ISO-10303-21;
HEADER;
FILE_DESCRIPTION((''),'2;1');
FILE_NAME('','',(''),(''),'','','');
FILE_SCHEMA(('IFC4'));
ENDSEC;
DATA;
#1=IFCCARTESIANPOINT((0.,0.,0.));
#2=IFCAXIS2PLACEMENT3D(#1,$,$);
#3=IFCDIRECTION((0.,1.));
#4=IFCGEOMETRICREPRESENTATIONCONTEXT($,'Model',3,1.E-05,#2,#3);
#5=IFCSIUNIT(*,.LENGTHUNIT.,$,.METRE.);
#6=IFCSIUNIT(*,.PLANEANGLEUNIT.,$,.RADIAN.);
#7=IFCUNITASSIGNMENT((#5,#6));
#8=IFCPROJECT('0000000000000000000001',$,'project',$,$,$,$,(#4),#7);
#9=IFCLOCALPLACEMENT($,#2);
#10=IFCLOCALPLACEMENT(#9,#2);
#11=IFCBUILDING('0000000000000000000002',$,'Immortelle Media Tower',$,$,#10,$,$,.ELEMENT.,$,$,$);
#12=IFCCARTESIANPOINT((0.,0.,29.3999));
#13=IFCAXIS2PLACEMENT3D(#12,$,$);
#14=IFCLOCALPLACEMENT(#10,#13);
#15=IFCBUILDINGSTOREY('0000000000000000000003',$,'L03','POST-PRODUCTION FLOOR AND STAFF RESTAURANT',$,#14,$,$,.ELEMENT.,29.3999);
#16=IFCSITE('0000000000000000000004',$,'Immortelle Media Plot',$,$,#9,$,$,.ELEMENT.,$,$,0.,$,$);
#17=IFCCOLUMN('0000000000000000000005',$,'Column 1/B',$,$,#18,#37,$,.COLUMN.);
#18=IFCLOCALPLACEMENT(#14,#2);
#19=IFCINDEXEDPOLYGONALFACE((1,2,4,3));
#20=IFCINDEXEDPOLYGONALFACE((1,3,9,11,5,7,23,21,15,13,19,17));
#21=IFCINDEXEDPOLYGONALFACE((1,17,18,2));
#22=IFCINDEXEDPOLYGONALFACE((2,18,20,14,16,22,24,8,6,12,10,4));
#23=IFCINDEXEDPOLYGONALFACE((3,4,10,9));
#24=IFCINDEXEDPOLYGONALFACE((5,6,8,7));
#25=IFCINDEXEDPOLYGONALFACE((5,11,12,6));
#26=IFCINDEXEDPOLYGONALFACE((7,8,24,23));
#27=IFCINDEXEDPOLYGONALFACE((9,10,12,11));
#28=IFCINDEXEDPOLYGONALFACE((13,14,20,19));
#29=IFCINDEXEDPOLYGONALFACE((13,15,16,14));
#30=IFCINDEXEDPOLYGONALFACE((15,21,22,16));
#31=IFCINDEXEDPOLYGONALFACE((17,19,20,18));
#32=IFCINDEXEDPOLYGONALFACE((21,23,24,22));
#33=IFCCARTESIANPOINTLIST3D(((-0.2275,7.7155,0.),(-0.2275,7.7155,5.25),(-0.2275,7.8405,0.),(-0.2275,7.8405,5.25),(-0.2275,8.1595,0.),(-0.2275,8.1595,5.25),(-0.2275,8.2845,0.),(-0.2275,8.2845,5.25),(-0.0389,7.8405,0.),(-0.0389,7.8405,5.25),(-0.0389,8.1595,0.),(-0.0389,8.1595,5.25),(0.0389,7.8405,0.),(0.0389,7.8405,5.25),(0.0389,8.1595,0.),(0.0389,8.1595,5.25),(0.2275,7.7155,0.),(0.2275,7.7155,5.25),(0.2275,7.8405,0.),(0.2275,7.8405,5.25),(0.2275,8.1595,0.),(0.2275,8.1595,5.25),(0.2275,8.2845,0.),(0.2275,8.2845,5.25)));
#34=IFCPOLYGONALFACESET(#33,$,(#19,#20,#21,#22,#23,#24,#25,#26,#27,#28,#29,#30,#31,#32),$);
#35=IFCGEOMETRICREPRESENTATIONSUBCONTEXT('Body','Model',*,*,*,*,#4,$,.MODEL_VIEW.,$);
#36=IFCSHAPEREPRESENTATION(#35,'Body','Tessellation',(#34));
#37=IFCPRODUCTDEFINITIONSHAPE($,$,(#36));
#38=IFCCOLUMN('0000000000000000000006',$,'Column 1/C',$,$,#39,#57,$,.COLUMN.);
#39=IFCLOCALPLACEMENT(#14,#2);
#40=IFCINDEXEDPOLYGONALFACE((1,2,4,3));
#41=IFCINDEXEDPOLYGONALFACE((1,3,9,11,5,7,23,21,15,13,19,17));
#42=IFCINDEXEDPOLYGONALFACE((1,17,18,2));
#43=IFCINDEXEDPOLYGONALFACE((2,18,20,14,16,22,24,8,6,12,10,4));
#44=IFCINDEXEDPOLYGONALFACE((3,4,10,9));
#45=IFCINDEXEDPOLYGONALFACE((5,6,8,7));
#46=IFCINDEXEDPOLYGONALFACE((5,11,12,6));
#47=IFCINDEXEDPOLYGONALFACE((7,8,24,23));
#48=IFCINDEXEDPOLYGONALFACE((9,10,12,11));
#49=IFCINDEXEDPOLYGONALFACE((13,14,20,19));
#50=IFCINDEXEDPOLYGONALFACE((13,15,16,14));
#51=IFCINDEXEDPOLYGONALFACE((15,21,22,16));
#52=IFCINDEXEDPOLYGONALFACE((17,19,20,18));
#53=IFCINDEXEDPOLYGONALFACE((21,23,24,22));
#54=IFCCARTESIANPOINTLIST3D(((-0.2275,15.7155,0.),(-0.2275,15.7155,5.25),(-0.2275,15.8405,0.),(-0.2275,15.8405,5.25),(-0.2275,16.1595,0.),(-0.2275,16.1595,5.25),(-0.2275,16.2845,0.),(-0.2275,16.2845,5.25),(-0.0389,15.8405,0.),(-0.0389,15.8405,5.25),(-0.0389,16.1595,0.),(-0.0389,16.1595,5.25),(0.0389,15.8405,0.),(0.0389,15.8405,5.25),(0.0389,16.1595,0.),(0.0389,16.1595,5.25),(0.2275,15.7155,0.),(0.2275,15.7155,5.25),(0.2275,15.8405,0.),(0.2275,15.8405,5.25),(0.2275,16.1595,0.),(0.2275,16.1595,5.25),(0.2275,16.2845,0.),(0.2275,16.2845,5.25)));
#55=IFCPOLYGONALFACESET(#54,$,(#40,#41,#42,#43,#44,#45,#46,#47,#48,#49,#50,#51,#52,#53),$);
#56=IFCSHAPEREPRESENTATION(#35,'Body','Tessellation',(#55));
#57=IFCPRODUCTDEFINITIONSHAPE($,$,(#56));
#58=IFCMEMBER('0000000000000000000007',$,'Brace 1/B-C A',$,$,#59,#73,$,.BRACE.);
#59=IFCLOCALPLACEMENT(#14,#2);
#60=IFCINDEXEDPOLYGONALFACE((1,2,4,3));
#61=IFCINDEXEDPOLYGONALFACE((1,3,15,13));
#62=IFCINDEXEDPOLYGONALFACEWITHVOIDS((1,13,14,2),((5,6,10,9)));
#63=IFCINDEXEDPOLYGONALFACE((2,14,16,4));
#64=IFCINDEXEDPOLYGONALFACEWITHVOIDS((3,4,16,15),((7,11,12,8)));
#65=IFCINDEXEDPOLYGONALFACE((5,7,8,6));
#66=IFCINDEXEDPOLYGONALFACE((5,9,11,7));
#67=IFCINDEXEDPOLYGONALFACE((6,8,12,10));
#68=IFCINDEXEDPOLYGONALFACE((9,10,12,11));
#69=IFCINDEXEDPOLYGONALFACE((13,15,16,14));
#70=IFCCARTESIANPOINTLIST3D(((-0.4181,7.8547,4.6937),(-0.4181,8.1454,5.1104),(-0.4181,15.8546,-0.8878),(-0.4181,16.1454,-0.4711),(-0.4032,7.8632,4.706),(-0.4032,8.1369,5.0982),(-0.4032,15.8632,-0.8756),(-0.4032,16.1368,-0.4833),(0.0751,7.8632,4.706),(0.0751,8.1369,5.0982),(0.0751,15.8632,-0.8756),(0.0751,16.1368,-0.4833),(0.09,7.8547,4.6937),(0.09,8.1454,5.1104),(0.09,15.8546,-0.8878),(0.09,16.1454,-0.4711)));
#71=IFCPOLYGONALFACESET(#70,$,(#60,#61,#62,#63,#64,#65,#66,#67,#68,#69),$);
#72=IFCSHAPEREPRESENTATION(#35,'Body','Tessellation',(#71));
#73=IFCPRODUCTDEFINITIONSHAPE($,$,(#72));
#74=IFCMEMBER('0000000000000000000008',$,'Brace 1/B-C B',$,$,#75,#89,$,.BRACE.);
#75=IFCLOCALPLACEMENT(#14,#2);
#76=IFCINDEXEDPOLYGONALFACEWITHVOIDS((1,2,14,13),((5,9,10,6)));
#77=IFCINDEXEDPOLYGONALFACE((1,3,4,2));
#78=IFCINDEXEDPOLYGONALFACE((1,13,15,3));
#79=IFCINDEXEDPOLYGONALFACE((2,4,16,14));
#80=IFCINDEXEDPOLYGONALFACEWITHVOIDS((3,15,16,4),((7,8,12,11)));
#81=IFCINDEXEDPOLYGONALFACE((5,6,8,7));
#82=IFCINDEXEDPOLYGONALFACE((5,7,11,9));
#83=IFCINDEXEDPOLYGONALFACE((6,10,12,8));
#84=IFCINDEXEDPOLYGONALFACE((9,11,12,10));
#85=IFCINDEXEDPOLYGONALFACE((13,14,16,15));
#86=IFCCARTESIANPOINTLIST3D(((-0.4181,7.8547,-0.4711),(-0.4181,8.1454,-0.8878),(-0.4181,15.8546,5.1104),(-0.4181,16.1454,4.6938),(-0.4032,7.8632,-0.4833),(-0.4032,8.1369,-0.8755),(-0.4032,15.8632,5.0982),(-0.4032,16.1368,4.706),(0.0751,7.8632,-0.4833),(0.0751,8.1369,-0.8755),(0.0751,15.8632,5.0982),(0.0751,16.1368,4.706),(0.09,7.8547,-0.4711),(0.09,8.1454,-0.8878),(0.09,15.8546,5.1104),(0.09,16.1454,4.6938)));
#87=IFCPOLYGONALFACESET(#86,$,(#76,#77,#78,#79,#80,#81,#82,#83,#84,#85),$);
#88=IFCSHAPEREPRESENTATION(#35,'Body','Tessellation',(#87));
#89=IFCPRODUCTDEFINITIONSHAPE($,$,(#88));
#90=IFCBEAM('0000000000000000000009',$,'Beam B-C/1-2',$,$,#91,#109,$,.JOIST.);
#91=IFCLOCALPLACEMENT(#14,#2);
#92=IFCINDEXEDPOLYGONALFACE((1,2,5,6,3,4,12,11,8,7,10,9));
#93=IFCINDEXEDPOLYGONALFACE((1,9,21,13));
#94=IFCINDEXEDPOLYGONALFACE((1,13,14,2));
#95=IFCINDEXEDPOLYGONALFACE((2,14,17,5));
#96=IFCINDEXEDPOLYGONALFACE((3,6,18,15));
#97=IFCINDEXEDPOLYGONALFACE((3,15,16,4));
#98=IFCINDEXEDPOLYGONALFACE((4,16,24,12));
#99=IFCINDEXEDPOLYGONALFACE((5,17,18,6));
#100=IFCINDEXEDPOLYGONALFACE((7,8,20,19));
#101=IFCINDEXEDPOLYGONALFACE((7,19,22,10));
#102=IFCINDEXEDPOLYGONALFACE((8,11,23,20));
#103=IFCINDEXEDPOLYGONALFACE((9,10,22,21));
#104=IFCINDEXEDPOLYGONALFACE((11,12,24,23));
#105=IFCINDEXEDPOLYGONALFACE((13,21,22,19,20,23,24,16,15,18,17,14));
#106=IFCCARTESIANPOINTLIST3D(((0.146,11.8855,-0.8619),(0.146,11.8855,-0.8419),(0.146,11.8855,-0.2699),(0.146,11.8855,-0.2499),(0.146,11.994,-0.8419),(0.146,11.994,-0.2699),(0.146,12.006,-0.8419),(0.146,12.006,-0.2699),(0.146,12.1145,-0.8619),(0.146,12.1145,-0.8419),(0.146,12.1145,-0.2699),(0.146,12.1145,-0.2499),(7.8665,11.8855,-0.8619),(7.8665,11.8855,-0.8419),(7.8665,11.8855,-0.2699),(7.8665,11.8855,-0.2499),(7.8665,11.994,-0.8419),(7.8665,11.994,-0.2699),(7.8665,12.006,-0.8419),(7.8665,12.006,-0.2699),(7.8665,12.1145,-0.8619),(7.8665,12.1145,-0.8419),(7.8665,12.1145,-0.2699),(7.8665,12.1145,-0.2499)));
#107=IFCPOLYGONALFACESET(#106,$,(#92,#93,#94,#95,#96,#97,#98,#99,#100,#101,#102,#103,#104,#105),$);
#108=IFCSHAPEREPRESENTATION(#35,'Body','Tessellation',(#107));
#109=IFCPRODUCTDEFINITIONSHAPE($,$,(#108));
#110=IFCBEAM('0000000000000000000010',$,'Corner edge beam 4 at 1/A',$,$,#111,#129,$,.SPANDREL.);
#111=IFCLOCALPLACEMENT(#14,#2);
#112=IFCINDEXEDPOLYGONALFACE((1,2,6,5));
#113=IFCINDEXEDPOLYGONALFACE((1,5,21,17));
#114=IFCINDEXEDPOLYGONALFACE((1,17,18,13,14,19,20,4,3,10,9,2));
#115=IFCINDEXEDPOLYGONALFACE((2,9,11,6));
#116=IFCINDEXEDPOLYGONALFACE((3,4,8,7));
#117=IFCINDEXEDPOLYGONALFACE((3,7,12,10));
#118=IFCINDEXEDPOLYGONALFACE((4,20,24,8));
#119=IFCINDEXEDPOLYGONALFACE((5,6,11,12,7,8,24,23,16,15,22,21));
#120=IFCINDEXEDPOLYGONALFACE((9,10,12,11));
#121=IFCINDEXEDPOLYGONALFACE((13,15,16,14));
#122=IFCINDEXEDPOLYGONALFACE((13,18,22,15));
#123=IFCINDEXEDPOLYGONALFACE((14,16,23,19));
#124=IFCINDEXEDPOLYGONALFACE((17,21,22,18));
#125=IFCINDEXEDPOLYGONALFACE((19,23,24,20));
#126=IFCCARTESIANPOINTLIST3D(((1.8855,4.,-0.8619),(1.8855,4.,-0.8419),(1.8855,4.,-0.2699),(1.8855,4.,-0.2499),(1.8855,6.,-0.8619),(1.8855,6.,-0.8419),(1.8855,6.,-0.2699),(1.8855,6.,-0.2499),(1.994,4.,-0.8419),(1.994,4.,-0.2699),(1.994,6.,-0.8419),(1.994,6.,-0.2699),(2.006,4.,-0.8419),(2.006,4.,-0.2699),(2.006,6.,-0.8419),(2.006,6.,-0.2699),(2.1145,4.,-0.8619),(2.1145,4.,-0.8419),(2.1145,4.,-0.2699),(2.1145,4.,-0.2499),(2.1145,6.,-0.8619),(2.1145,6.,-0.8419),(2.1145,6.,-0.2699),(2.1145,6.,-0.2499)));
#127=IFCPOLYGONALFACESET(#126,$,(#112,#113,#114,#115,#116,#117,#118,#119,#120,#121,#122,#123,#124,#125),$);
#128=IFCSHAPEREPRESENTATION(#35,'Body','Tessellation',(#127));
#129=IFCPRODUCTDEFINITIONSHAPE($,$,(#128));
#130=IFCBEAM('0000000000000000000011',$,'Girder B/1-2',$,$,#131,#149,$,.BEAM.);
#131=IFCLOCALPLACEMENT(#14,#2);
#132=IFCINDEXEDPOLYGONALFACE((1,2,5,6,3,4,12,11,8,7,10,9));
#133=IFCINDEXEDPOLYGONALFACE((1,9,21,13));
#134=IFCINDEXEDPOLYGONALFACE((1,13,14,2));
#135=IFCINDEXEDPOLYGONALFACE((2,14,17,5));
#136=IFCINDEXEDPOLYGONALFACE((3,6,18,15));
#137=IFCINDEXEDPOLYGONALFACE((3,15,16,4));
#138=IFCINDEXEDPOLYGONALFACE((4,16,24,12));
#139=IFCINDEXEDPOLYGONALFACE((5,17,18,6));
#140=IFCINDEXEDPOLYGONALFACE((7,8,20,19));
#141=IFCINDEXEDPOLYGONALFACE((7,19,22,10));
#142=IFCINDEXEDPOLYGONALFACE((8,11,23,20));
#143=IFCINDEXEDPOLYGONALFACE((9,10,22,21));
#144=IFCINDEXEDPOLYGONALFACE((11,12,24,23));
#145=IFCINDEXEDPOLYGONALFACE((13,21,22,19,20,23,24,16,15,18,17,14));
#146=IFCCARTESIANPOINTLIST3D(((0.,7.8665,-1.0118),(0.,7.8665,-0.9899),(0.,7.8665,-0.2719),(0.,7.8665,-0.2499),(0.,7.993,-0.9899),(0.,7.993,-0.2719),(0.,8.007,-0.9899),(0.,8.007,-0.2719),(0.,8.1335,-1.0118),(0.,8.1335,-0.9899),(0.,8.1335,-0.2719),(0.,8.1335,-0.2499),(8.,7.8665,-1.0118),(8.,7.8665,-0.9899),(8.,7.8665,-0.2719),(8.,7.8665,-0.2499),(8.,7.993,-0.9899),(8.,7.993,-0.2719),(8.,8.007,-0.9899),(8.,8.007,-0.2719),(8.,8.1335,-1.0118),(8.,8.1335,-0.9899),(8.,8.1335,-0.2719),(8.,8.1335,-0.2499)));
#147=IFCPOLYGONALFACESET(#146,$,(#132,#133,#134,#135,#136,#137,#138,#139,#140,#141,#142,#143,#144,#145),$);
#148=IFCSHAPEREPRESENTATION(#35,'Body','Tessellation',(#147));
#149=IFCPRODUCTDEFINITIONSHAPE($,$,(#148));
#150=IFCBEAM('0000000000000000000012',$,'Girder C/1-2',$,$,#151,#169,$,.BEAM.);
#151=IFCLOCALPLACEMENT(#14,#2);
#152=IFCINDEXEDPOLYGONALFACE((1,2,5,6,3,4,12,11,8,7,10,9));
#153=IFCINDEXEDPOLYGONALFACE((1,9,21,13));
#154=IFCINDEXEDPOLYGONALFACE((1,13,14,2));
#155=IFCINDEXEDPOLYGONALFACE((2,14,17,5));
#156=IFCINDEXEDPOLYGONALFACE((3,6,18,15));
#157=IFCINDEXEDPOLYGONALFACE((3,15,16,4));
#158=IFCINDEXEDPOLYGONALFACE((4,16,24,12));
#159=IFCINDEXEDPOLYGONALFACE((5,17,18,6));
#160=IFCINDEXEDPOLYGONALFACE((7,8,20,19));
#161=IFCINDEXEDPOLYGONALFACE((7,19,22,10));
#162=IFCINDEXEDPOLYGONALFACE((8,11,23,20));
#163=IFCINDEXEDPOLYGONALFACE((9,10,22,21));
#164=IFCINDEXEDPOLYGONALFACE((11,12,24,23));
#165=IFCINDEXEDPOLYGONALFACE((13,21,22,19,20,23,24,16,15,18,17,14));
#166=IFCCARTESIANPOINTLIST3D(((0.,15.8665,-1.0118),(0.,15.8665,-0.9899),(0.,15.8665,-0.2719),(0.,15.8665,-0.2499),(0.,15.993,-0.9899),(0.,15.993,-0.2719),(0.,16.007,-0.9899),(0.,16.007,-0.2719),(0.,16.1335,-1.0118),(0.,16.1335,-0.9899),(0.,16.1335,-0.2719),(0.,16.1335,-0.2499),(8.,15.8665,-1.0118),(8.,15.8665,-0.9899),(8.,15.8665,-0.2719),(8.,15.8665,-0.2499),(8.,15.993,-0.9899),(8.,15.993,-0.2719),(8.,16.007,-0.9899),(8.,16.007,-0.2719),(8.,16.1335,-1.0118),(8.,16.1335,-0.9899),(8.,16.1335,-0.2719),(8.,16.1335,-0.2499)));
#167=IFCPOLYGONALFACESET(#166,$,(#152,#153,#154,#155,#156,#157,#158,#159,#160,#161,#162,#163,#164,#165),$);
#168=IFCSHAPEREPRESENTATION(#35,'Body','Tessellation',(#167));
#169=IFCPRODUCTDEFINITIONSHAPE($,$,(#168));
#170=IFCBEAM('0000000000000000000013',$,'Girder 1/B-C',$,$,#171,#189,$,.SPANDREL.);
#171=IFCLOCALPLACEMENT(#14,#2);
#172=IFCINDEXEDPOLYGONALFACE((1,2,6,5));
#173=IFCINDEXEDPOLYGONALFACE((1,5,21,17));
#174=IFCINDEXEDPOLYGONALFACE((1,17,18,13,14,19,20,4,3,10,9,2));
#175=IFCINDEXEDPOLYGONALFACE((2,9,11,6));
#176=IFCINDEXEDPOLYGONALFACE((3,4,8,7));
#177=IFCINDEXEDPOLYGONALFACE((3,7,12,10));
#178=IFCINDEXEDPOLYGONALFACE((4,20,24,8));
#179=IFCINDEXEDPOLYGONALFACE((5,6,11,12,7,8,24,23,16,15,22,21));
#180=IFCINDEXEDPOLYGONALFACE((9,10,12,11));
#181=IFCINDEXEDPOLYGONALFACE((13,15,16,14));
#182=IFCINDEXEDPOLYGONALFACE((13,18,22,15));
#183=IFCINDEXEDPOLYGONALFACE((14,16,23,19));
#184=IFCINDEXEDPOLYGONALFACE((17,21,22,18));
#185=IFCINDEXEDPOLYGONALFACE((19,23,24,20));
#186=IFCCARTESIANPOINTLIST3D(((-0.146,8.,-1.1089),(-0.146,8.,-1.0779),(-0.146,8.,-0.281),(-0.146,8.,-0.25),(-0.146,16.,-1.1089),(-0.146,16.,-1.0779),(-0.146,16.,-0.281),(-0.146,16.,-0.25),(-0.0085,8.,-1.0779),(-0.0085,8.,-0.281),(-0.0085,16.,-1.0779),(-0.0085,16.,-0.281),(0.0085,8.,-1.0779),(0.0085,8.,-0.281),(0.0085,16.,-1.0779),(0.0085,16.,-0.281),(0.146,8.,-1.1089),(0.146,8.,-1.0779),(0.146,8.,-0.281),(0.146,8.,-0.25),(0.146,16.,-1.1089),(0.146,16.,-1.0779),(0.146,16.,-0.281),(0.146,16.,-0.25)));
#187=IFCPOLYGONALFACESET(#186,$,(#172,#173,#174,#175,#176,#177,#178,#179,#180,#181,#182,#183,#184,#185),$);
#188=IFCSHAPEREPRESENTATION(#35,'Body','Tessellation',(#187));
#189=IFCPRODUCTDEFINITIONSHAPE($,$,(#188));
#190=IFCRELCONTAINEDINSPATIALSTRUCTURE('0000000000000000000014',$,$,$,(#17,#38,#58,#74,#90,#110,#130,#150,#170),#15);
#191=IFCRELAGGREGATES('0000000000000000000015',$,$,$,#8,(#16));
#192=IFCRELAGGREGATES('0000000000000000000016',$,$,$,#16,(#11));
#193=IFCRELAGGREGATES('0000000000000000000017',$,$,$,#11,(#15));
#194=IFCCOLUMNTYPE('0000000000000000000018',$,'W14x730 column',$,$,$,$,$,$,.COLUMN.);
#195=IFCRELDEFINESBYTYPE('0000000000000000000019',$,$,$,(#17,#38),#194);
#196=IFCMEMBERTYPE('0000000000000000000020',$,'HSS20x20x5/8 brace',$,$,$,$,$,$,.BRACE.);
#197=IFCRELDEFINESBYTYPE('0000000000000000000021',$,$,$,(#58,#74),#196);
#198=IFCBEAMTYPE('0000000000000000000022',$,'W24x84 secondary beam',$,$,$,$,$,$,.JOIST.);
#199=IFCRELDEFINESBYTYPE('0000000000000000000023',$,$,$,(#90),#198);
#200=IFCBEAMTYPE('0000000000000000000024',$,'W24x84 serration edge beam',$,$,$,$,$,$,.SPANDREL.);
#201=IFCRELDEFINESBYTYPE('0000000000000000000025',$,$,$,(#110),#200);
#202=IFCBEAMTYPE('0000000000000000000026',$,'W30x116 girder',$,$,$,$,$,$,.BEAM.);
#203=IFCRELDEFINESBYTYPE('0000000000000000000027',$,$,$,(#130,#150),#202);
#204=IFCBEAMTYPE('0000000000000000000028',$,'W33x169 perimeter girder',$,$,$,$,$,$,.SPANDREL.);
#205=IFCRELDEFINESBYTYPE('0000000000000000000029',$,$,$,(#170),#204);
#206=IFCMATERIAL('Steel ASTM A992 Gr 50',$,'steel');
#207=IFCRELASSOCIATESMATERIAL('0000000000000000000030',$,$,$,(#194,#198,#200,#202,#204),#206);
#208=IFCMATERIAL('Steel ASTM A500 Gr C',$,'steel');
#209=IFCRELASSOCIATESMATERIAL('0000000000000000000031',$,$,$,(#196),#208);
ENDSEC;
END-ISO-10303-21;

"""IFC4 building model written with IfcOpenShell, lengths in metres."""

from ifc_helpers import new_model, si_unit, direction, frame, origin, origin_2d, place, context, subcontext, project, spatial, hollow_rectangle, i_section, extrude, material, material_profile, profile_set, type_object, element, save


model = new_model("IFC4")

# Units and contexts
model_context = context("Model", 3, precision=1e-05, world=origin(), true_north=direction((0.0, 1.0)))
body_context = subcontext(model_context, "Body", "Model", "MODEL_VIEW")
ifc_project = project(units=[si_unit("LENGTHUNIT", "METRE"), si_unit("PLANEANGLEUNIT", "RADIAN")], contexts=[model_context])

# Site, building, storey
site_placement = place(None, origin())
site = spatial("IfcSite", under=ifc_project, at=site_placement, Name="Immortelle Media Plot", CompositionType="ELEMENT", RefElevation=0.0)
building_placement = place(site_placement, origin())
building = spatial("IfcBuilding", under=site, at=building_placement, Name="Immortelle Media Tower", CompositionType="ELEMENT")
storey_placement = place(building_placement, frame((0.0, 0.0, 29.3999)))
storey = spatial("IfcBuildingStorey", under=building, at=storey_placement, Name="L03", Description="POST-PRODUCTION FLOOR AND STAFF RESTAURANT", CompositionType="ELEMENT", Elevation=29.3999)

# Columns
ifc_material_1 = material(Name="Steel ASTM A992 Gr 50", Category="steel")
ifc_material_profile_1 = material_profile(ifc_material_1, i_section(OverallWidth=0.4551, OverallDepth=0.5691, WebThickness=0.0779, FlangeThickness=0.125, at=origin_2d()), Name="W14x730")
ifc_profile_set_1 = profile_set([ifc_material_profile_1], Name="Steel ASTM A992 Gr 50")
column_type = type_object("IfcColumnType", Name="W14x730 column", PredefinedType="COLUMN", material=ifc_profile_set_1)
for number, where, z_axis, x_axis, name in (
    (1, (0.0, 8.0, 0.0), (0.0, 0.0, 1.0), (1.0, 0.0, 0.0), "Column 1/B"),
    (2, (0.0, 16.0, 0.0), (0.0, 0.0, 1.0), (1.0, 0.0, 0.0), "Column 1/C"),
):
    element("IfcColumn", number, at=place(storey_placement, frame(where, z_axis=z_axis, x_axis=x_axis)), inside=storey, type_object=column_type, Name=name, PredefinedType="COLUMN", context=body_context, shape_type="SweptSolid", body=[
        extrude(i_section(OverallWidth=0.4551, OverallDepth=0.5691, WebThickness=0.0779, FlangeThickness=0.125, at=origin_2d()), origin(), (0.0, 0.0, 1.0), 5.25),
    ])

# Members
ifc_material_2 = material(Name="Steel ASTM A500 Gr C", Category="steel")
ifc_material_profile_2 = material_profile(ifc_material_2, hollow_rectangle(XDim=0.5081, YDim=0.5081, WallThickness=0.0149, at=origin_2d()), Name="HSS20x20x5/8 brace")
ifc_profile_set_2 = profile_set([ifc_material_profile_2], Name="Steel ASTM A500 Gr C")
member_type = type_object("IfcMemberType", Name="HSS20x20x5/8 brace", PredefinedType="BRACE", material=ifc_profile_set_2)
for number, where, z_axis, x_axis, name in (
    (3, (-0.1641, 16.0, -0.6794), (0.0, -0.82012, 0.572192), (1.0, 0.0, 0.0), "Brace 1/B-C A"),
    (4, (-0.1641, 16.0, 4.9021), (0.0, -0.82012, -0.572192), (1.0, 0.0, 0.0), "Brace 1/B-C B"),
):
    element("IfcMember", number, at=place(storey_placement, frame(where, z_axis=z_axis, x_axis=x_axis)), inside=storey, type_object=member_type, Name=name, PredefinedType="BRACE", context=body_context, shape_type="SweptSolid", body=[
        extrude(hollow_rectangle(XDim=0.5081, YDim=0.5081, WallThickness=0.0149, at=origin_2d()), origin(), (0.0, 0.0, 1.0), 9.7546),
    ])

# Beams
ifc_material_profile_3 = material_profile(ifc_material_1, i_section(OverallWidth=0.229, OverallDepth=0.6121, WebThickness=0.012, FlangeThickness=0.02, at=origin_2d()), Name="W24x84")
ifc_profile_set_3 = profile_set([ifc_material_profile_3], Name="Steel ASTM A992 Gr 50")
beam_type_1 = type_object("IfcBeamType", Name="W24x84 secondary beam", PredefinedType="JOIST", material=ifc_profile_set_3)
beam_1_placement = place(storey_placement, frame((0.146, 12.0, -0.5559), z_axis=(1.0, 0.0, 0.0), x_axis=(0.0, 1.0, 0.0)))
element("IfcBeam", 5, at=beam_1_placement, inside=storey, type_object=beam_type_1, Name="Beam B-C/1-2", PredefinedType="JOIST", context=body_context, shape_type="SweptSolid", body=[
    extrude(i_section(OverallWidth=0.229, OverallDepth=0.6121, WebThickness=0.012, FlangeThickness=0.02, at=origin_2d()), origin(), (0.0, 0.0, 1.0), 7.7205),
])
ifc_material_profile_4 = material_profile(ifc_material_1, i_section(OverallWidth=0.229, OverallDepth=0.6121, WebThickness=0.012, FlangeThickness=0.02, at=origin_2d()), Name="W24x84")
ifc_profile_set_4 = profile_set([ifc_material_profile_4], Name="Steel ASTM A992 Gr 50")
beam_type_2 = type_object("IfcBeamType", Name="W24x84 serration edge beam", PredefinedType="SPANDREL", material=ifc_profile_set_4)
beam_2_placement = place(storey_placement, frame((2.0, 4.0, -0.5559), z_axis=(0.0, 1.0, 0.0), x_axis=(-1.0, 0.0, 0.0)))
element("IfcBeam", 6, at=beam_2_placement, inside=storey, type_object=beam_type_2, Name="Corner edge beam 4 at 1/A", PredefinedType="SPANDREL", context=body_context, shape_type="SweptSolid", body=[
    extrude(i_section(OverallWidth=0.229, OverallDepth=0.6121, WebThickness=0.012, FlangeThickness=0.02, at=origin_2d()), origin(), (0.0, 0.0, 1.0), 2.0),
])
ifc_material_profile_5 = material_profile(ifc_material_1, i_section(OverallWidth=0.2671, OverallDepth=0.762, WebThickness=0.0139, FlangeThickness=0.022, at=origin_2d()), Name="W30x116")
ifc_profile_set_5 = profile_set([ifc_material_profile_5], Name="Steel ASTM A992 Gr 50")
beam_type_3 = type_object("IfcBeamType", Name="W30x116 girder", PredefinedType="BEAM", material=ifc_profile_set_5)
for number, where, z_axis, x_axis, name in (
    (7, (0.0, 8.0, -0.6309), (1.0, 0.0, 0.0), (0.0, 1.0, 0.0), "Girder B/1-2"),
    (8, (0.0, 16.0, -0.6309), (1.0, 0.0, 0.0), (0.0, 1.0, 0.0), "Girder C/1-2"),
):
    element("IfcBeam", number, at=place(storey_placement, frame(where, z_axis=z_axis, x_axis=x_axis)), inside=storey, type_object=beam_type_3, Name=name, PredefinedType="BEAM", context=body_context, shape_type="SweptSolid", body=[
        extrude(i_section(OverallWidth=0.2671, OverallDepth=0.762, WebThickness=0.0139, FlangeThickness=0.022, at=origin_2d()), origin(), (0.0, 0.0, 1.0), 8.0),
    ])
ifc_material_profile_6 = material_profile(ifc_material_1, i_section(OverallWidth=0.292, OverallDepth=0.8589, WebThickness=0.0171, FlangeThickness=0.031, at=origin_2d()), Name="W33x169")
ifc_profile_set_6 = profile_set([ifc_material_profile_6], Name="Steel ASTM A992 Gr 50")
beam_type_4 = type_object("IfcBeamType", Name="W33x169 perimeter girder", PredefinedType="SPANDREL", material=ifc_profile_set_6)
for number, where, z_axis, x_axis, name in (
    (9, (0.0, 8.0, -0.6794), (0.0, 1.0, 0.0), (-1.0, 0.0, 0.0), "Girder 1/B-C"),
):
    element("IfcBeam", number, at=place(storey_placement, frame(where, z_axis=z_axis, x_axis=x_axis)), inside=storey, type_object=beam_type_4, Name=name, PredefinedType="SPANDREL", context=body_context, shape_type="SweptSolid", body=[
        extrude(i_section(OverallWidth=0.292, OverallDepth=0.8589, WebThickness=0.0171, FlangeThickness=0.031, at=origin_2d()), origin(), (0.0, 0.0, 1.0), 8.0),
    ])

save(model, "model.ifc")
